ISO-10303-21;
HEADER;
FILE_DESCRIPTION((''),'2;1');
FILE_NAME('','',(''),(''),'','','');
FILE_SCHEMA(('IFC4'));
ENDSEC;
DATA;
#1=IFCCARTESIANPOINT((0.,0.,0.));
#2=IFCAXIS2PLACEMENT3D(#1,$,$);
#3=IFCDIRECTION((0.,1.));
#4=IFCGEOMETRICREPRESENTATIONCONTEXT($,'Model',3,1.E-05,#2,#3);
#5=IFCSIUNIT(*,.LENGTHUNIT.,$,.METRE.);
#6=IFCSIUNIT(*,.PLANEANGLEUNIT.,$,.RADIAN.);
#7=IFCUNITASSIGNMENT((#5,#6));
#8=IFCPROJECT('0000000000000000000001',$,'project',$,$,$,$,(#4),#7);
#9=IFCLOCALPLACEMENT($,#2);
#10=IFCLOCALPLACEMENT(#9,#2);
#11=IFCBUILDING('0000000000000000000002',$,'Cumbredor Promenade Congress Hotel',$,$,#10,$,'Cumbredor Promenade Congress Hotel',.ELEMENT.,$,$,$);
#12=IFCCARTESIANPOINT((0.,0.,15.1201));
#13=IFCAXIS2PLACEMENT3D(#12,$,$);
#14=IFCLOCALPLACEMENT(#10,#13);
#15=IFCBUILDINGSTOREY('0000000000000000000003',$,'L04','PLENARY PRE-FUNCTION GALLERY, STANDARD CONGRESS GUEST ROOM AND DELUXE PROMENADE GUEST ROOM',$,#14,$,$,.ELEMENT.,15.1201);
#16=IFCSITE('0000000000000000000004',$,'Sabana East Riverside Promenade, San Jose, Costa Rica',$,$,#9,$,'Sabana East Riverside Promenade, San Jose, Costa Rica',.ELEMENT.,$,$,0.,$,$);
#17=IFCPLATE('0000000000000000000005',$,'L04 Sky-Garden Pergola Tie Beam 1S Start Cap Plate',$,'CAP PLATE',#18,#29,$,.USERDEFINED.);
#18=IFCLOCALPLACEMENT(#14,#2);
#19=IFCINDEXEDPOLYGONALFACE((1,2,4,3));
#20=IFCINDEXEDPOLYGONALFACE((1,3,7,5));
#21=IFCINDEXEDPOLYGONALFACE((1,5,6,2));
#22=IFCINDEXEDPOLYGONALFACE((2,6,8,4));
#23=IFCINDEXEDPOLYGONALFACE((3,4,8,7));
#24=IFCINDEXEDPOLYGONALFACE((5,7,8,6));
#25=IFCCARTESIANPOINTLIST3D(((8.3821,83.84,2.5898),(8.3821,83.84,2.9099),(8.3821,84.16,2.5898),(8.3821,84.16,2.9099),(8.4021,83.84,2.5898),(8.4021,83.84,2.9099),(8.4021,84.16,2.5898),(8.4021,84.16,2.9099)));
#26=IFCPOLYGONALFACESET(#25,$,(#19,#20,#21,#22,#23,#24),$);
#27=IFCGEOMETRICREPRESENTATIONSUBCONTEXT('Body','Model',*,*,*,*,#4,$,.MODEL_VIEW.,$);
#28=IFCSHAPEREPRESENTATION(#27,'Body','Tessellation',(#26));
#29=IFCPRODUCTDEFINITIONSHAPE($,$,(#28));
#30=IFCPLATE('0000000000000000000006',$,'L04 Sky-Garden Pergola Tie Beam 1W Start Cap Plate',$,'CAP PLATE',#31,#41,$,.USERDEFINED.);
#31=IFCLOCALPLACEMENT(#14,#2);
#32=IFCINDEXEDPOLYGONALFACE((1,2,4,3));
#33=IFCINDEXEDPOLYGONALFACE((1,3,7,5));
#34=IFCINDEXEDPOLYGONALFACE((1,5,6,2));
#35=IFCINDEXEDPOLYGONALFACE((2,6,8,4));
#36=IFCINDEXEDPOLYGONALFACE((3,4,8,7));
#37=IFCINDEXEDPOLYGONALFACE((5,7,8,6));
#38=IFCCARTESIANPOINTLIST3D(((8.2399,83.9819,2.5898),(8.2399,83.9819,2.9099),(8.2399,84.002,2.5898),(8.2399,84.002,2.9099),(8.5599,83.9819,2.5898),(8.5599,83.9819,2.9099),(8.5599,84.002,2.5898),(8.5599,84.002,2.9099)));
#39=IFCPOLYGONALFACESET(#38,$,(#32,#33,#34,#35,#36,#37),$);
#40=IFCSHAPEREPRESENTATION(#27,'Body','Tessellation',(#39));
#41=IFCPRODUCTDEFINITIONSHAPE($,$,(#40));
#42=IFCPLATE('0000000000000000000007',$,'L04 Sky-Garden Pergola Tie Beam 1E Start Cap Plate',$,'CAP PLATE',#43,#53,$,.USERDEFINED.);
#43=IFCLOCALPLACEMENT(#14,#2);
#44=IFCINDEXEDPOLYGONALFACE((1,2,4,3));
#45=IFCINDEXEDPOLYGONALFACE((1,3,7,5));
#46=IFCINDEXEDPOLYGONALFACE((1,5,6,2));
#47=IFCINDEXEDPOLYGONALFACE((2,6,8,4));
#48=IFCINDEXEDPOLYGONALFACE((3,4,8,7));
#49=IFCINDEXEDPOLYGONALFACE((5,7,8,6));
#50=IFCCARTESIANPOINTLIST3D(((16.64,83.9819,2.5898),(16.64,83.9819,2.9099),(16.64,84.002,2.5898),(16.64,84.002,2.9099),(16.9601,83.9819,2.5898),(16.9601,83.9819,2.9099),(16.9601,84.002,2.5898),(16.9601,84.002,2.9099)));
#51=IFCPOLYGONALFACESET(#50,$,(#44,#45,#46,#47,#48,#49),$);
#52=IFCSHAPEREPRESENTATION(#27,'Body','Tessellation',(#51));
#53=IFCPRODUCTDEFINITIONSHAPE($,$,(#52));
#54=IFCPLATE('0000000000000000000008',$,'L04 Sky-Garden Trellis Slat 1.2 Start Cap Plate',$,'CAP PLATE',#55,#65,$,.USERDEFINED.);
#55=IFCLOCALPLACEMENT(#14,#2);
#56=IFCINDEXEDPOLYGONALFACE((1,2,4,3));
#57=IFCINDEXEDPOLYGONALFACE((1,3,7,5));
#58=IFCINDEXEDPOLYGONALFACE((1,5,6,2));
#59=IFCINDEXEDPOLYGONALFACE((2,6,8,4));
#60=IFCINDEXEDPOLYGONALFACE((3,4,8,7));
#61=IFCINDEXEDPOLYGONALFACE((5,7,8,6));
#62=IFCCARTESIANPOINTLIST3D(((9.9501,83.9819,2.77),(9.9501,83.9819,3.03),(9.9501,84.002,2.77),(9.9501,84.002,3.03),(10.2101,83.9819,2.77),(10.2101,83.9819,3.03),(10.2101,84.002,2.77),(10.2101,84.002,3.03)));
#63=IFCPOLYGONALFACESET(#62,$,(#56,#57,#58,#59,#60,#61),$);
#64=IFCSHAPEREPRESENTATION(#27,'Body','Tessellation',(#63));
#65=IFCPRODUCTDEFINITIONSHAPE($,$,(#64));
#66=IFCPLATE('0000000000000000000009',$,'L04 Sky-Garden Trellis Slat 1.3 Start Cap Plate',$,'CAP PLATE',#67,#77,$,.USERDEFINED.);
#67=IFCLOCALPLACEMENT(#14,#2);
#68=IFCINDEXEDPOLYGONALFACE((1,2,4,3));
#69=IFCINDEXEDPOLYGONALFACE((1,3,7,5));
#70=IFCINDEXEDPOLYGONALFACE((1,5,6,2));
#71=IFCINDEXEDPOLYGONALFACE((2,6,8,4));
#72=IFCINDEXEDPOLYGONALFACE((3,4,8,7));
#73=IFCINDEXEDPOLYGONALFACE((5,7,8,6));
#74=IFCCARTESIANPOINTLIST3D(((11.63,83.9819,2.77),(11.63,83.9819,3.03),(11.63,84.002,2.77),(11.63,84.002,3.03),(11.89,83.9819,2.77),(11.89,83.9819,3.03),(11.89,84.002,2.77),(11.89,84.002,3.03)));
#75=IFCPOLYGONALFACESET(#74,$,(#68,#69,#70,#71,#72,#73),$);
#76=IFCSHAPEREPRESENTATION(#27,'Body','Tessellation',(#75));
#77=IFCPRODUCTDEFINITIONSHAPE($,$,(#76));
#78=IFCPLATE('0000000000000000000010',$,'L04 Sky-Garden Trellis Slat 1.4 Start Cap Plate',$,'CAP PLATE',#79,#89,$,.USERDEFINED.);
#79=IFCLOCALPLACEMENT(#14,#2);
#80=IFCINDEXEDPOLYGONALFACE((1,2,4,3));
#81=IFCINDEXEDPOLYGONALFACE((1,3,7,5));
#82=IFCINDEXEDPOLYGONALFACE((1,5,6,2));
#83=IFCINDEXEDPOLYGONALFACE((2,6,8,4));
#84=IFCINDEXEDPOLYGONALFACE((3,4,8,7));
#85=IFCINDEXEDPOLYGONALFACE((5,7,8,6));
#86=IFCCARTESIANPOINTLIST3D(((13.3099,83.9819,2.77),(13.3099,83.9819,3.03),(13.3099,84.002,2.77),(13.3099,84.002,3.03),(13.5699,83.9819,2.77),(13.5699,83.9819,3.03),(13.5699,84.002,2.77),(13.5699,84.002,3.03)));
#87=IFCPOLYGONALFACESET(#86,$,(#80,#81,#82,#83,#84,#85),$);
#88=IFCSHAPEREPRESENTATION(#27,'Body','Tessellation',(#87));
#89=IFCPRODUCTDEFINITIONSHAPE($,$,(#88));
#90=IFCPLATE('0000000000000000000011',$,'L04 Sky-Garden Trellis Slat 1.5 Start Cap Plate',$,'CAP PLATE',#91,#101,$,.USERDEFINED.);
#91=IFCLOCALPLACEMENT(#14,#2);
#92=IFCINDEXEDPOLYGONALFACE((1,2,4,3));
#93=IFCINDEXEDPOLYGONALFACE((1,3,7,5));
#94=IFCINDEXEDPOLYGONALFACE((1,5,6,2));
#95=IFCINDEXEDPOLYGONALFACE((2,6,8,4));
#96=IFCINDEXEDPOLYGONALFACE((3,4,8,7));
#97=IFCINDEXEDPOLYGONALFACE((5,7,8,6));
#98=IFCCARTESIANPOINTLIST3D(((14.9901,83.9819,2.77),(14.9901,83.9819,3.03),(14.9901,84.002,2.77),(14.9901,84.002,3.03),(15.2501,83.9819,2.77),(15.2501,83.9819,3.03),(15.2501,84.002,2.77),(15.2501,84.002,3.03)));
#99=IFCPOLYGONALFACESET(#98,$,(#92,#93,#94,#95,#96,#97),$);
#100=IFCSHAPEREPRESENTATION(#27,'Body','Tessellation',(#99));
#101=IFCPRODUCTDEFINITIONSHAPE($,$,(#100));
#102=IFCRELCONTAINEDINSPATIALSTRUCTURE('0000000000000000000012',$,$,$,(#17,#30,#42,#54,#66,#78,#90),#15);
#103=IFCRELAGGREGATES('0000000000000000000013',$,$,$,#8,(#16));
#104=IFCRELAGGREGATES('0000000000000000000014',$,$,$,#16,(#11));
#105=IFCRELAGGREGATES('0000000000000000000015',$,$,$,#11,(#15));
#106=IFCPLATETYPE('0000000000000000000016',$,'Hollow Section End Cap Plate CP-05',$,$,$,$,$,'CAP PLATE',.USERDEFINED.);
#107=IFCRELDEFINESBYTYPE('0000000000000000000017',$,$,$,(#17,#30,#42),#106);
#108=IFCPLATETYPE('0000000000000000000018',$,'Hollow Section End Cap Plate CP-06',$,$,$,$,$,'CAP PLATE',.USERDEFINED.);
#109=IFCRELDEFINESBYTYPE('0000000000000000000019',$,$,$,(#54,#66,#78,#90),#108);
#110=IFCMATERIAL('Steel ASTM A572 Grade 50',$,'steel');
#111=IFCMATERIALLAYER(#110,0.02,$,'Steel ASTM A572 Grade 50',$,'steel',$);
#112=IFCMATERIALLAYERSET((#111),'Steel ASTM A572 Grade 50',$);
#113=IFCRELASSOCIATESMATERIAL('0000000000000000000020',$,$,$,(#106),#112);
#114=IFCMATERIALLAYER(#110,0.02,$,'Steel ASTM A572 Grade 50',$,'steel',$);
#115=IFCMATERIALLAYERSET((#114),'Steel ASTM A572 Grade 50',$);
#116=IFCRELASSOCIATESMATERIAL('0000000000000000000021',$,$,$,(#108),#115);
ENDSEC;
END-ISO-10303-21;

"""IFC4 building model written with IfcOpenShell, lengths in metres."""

from ifc_helpers import new_model, si_unit, direction, frame, origin, origin_2d, place, context, subcontext, project, spatial, rectangle, extrude, material, layer, layer_set, type_object, element, save


model = new_model("IFC4")

# Units and contexts
model_context = context("Model", 3, precision=1e-05, world=origin(), true_north=direction((0.0, 1.0)))
body_context = subcontext(model_context, "Body", "Model", "MODEL_VIEW")
ifc_project = project(units=[si_unit("LENGTHUNIT", "METRE"), si_unit("PLANEANGLEUNIT", "RADIAN")], contexts=[model_context])

# Site, building, storey
site_placement = place(None, origin())
site = spatial("IfcSite", under=ifc_project, at=site_placement, Name="Sabana East Riverside Promenade, San Jose, Costa Rica", LongName="Sabana East Riverside Promenade, San Jose, Costa Rica", CompositionType="ELEMENT", RefElevation=0.0)
building_placement = place(site_placement, origin())
building = spatial("IfcBuilding", under=site, at=building_placement, Name="Cumbredor Promenade Congress Hotel", LongName="Cumbredor Promenade Congress Hotel", CompositionType="ELEMENT")
storey_placement = place(building_placement, frame((0.0, 0.0, 15.1201)))
storey = spatial("IfcBuildingStorey", under=building, at=storey_placement, Name="L04", Description="PLENARY PRE-FUNCTION GALLERY, STANDARD CONGRESS GUEST ROOM AND DELUXE PROMENADE GUEST ROOM", CompositionType="ELEMENT", Elevation=15.1201)

# Plates
ifc_material_1 = material(Name="Steel ASTM A572 Grade 50", Category="steel")
ifc_layer_1 = layer(ifc_material_1, 0.02, Name="Steel ASTM A572 Grade 50", Category="steel")
ifc_layer_set_1 = layer_set([ifc_layer_1], Name="Steel ASTM A572 Grade 50")
plate_type_1 = type_object("IfcPlateType", Name="Hollow Section End Cap Plate CP-05", ElementType="CAP PLATE", PredefinedType="USERDEFINED", material=ifc_layer_set_1)
for number, where, z_axis, x_axis, name in (
    (1, (8.3921, 84.0, 2.5898), (0.0, 0.0, 1.0), (1.0, 0.0, 0.0), "L04 Sky-Garden Pergola Tie Beam 1S Start Cap Plate"),
    (2, (8.3999, 83.9919, 2.5898), (0.0, 0.0, 1.0), (0.0, 1.0, 0.0), "L04 Sky-Garden Pergola Tie Beam 1W Start Cap Plate"),
    (3, (16.8, 83.9919, 2.5898), (0.0, 0.0, 1.0), (0.0, 1.0, 0.0), "L04 Sky-Garden Pergola Tie Beam 1E Start Cap Plate"),
):
    element("IfcPlate", number, at=place(storey_placement, frame(where, z_axis=z_axis, x_axis=x_axis)), inside=storey, type_object=plate_type_1, Name=name, ObjectType="CAP PLATE", PredefinedType="USERDEFINED", context=body_context, shape_type="SweptSolid", body=[
        extrude(rectangle(XDim=0.02, YDim=0.3201, at=origin_2d()), origin(), (0.0, 0.0, 1.0), 0.3201),
    ])
ifc_layer_2 = layer(ifc_material_1, 0.02, Name="Steel ASTM A572 Grade 50", Category="steel")
ifc_layer_set_2 = layer_set([ifc_layer_2], Name="Steel ASTM A572 Grade 50")
plate_type_2 = type_object("IfcPlateType", Name="Hollow Section End Cap Plate CP-06", ElementType="CAP PLATE", PredefinedType="USERDEFINED", material=ifc_layer_set_2)
for number, where, z_axis, x_axis, name in (
    (4, (10.0801, 83.9919, 2.77), (0.0, 0.0, 1.0), (0.0, 1.0, 0.0), "L04 Sky-Garden Trellis Slat 1.2 Start Cap Plate"),
    (5, (11.76, 83.9919, 2.77), (0.0, 0.0, 1.0), (0.0, 1.0, 0.0), "L04 Sky-Garden Trellis Slat 1.3 Start Cap Plate"),
    (6, (13.4399, 83.9919, 2.77), (0.0, 0.0, 1.0), (0.0, 1.0, 0.0), "L04 Sky-Garden Trellis Slat 1.4 Start Cap Plate"),
    (7, (15.1201, 83.9919, 2.77), (0.0, 0.0, 1.0), (0.0, 1.0, 0.0), "L04 Sky-Garden Trellis Slat 1.5 Start Cap Plate"),
):
    element("IfcPlate", number, at=place(storey_placement, frame(where, z_axis=z_axis, x_axis=x_axis)), inside=storey, type_object=plate_type_2, Name=name, ObjectType="CAP PLATE", PredefinedType="USERDEFINED", context=body_context, shape_type="SweptSolid", body=[
        extrude(rectangle(XDim=0.02, YDim=0.26, at=origin_2d()), origin(), (0.0, 0.0, 1.0), 0.26),
    ])

save(model, "model.ifc")
